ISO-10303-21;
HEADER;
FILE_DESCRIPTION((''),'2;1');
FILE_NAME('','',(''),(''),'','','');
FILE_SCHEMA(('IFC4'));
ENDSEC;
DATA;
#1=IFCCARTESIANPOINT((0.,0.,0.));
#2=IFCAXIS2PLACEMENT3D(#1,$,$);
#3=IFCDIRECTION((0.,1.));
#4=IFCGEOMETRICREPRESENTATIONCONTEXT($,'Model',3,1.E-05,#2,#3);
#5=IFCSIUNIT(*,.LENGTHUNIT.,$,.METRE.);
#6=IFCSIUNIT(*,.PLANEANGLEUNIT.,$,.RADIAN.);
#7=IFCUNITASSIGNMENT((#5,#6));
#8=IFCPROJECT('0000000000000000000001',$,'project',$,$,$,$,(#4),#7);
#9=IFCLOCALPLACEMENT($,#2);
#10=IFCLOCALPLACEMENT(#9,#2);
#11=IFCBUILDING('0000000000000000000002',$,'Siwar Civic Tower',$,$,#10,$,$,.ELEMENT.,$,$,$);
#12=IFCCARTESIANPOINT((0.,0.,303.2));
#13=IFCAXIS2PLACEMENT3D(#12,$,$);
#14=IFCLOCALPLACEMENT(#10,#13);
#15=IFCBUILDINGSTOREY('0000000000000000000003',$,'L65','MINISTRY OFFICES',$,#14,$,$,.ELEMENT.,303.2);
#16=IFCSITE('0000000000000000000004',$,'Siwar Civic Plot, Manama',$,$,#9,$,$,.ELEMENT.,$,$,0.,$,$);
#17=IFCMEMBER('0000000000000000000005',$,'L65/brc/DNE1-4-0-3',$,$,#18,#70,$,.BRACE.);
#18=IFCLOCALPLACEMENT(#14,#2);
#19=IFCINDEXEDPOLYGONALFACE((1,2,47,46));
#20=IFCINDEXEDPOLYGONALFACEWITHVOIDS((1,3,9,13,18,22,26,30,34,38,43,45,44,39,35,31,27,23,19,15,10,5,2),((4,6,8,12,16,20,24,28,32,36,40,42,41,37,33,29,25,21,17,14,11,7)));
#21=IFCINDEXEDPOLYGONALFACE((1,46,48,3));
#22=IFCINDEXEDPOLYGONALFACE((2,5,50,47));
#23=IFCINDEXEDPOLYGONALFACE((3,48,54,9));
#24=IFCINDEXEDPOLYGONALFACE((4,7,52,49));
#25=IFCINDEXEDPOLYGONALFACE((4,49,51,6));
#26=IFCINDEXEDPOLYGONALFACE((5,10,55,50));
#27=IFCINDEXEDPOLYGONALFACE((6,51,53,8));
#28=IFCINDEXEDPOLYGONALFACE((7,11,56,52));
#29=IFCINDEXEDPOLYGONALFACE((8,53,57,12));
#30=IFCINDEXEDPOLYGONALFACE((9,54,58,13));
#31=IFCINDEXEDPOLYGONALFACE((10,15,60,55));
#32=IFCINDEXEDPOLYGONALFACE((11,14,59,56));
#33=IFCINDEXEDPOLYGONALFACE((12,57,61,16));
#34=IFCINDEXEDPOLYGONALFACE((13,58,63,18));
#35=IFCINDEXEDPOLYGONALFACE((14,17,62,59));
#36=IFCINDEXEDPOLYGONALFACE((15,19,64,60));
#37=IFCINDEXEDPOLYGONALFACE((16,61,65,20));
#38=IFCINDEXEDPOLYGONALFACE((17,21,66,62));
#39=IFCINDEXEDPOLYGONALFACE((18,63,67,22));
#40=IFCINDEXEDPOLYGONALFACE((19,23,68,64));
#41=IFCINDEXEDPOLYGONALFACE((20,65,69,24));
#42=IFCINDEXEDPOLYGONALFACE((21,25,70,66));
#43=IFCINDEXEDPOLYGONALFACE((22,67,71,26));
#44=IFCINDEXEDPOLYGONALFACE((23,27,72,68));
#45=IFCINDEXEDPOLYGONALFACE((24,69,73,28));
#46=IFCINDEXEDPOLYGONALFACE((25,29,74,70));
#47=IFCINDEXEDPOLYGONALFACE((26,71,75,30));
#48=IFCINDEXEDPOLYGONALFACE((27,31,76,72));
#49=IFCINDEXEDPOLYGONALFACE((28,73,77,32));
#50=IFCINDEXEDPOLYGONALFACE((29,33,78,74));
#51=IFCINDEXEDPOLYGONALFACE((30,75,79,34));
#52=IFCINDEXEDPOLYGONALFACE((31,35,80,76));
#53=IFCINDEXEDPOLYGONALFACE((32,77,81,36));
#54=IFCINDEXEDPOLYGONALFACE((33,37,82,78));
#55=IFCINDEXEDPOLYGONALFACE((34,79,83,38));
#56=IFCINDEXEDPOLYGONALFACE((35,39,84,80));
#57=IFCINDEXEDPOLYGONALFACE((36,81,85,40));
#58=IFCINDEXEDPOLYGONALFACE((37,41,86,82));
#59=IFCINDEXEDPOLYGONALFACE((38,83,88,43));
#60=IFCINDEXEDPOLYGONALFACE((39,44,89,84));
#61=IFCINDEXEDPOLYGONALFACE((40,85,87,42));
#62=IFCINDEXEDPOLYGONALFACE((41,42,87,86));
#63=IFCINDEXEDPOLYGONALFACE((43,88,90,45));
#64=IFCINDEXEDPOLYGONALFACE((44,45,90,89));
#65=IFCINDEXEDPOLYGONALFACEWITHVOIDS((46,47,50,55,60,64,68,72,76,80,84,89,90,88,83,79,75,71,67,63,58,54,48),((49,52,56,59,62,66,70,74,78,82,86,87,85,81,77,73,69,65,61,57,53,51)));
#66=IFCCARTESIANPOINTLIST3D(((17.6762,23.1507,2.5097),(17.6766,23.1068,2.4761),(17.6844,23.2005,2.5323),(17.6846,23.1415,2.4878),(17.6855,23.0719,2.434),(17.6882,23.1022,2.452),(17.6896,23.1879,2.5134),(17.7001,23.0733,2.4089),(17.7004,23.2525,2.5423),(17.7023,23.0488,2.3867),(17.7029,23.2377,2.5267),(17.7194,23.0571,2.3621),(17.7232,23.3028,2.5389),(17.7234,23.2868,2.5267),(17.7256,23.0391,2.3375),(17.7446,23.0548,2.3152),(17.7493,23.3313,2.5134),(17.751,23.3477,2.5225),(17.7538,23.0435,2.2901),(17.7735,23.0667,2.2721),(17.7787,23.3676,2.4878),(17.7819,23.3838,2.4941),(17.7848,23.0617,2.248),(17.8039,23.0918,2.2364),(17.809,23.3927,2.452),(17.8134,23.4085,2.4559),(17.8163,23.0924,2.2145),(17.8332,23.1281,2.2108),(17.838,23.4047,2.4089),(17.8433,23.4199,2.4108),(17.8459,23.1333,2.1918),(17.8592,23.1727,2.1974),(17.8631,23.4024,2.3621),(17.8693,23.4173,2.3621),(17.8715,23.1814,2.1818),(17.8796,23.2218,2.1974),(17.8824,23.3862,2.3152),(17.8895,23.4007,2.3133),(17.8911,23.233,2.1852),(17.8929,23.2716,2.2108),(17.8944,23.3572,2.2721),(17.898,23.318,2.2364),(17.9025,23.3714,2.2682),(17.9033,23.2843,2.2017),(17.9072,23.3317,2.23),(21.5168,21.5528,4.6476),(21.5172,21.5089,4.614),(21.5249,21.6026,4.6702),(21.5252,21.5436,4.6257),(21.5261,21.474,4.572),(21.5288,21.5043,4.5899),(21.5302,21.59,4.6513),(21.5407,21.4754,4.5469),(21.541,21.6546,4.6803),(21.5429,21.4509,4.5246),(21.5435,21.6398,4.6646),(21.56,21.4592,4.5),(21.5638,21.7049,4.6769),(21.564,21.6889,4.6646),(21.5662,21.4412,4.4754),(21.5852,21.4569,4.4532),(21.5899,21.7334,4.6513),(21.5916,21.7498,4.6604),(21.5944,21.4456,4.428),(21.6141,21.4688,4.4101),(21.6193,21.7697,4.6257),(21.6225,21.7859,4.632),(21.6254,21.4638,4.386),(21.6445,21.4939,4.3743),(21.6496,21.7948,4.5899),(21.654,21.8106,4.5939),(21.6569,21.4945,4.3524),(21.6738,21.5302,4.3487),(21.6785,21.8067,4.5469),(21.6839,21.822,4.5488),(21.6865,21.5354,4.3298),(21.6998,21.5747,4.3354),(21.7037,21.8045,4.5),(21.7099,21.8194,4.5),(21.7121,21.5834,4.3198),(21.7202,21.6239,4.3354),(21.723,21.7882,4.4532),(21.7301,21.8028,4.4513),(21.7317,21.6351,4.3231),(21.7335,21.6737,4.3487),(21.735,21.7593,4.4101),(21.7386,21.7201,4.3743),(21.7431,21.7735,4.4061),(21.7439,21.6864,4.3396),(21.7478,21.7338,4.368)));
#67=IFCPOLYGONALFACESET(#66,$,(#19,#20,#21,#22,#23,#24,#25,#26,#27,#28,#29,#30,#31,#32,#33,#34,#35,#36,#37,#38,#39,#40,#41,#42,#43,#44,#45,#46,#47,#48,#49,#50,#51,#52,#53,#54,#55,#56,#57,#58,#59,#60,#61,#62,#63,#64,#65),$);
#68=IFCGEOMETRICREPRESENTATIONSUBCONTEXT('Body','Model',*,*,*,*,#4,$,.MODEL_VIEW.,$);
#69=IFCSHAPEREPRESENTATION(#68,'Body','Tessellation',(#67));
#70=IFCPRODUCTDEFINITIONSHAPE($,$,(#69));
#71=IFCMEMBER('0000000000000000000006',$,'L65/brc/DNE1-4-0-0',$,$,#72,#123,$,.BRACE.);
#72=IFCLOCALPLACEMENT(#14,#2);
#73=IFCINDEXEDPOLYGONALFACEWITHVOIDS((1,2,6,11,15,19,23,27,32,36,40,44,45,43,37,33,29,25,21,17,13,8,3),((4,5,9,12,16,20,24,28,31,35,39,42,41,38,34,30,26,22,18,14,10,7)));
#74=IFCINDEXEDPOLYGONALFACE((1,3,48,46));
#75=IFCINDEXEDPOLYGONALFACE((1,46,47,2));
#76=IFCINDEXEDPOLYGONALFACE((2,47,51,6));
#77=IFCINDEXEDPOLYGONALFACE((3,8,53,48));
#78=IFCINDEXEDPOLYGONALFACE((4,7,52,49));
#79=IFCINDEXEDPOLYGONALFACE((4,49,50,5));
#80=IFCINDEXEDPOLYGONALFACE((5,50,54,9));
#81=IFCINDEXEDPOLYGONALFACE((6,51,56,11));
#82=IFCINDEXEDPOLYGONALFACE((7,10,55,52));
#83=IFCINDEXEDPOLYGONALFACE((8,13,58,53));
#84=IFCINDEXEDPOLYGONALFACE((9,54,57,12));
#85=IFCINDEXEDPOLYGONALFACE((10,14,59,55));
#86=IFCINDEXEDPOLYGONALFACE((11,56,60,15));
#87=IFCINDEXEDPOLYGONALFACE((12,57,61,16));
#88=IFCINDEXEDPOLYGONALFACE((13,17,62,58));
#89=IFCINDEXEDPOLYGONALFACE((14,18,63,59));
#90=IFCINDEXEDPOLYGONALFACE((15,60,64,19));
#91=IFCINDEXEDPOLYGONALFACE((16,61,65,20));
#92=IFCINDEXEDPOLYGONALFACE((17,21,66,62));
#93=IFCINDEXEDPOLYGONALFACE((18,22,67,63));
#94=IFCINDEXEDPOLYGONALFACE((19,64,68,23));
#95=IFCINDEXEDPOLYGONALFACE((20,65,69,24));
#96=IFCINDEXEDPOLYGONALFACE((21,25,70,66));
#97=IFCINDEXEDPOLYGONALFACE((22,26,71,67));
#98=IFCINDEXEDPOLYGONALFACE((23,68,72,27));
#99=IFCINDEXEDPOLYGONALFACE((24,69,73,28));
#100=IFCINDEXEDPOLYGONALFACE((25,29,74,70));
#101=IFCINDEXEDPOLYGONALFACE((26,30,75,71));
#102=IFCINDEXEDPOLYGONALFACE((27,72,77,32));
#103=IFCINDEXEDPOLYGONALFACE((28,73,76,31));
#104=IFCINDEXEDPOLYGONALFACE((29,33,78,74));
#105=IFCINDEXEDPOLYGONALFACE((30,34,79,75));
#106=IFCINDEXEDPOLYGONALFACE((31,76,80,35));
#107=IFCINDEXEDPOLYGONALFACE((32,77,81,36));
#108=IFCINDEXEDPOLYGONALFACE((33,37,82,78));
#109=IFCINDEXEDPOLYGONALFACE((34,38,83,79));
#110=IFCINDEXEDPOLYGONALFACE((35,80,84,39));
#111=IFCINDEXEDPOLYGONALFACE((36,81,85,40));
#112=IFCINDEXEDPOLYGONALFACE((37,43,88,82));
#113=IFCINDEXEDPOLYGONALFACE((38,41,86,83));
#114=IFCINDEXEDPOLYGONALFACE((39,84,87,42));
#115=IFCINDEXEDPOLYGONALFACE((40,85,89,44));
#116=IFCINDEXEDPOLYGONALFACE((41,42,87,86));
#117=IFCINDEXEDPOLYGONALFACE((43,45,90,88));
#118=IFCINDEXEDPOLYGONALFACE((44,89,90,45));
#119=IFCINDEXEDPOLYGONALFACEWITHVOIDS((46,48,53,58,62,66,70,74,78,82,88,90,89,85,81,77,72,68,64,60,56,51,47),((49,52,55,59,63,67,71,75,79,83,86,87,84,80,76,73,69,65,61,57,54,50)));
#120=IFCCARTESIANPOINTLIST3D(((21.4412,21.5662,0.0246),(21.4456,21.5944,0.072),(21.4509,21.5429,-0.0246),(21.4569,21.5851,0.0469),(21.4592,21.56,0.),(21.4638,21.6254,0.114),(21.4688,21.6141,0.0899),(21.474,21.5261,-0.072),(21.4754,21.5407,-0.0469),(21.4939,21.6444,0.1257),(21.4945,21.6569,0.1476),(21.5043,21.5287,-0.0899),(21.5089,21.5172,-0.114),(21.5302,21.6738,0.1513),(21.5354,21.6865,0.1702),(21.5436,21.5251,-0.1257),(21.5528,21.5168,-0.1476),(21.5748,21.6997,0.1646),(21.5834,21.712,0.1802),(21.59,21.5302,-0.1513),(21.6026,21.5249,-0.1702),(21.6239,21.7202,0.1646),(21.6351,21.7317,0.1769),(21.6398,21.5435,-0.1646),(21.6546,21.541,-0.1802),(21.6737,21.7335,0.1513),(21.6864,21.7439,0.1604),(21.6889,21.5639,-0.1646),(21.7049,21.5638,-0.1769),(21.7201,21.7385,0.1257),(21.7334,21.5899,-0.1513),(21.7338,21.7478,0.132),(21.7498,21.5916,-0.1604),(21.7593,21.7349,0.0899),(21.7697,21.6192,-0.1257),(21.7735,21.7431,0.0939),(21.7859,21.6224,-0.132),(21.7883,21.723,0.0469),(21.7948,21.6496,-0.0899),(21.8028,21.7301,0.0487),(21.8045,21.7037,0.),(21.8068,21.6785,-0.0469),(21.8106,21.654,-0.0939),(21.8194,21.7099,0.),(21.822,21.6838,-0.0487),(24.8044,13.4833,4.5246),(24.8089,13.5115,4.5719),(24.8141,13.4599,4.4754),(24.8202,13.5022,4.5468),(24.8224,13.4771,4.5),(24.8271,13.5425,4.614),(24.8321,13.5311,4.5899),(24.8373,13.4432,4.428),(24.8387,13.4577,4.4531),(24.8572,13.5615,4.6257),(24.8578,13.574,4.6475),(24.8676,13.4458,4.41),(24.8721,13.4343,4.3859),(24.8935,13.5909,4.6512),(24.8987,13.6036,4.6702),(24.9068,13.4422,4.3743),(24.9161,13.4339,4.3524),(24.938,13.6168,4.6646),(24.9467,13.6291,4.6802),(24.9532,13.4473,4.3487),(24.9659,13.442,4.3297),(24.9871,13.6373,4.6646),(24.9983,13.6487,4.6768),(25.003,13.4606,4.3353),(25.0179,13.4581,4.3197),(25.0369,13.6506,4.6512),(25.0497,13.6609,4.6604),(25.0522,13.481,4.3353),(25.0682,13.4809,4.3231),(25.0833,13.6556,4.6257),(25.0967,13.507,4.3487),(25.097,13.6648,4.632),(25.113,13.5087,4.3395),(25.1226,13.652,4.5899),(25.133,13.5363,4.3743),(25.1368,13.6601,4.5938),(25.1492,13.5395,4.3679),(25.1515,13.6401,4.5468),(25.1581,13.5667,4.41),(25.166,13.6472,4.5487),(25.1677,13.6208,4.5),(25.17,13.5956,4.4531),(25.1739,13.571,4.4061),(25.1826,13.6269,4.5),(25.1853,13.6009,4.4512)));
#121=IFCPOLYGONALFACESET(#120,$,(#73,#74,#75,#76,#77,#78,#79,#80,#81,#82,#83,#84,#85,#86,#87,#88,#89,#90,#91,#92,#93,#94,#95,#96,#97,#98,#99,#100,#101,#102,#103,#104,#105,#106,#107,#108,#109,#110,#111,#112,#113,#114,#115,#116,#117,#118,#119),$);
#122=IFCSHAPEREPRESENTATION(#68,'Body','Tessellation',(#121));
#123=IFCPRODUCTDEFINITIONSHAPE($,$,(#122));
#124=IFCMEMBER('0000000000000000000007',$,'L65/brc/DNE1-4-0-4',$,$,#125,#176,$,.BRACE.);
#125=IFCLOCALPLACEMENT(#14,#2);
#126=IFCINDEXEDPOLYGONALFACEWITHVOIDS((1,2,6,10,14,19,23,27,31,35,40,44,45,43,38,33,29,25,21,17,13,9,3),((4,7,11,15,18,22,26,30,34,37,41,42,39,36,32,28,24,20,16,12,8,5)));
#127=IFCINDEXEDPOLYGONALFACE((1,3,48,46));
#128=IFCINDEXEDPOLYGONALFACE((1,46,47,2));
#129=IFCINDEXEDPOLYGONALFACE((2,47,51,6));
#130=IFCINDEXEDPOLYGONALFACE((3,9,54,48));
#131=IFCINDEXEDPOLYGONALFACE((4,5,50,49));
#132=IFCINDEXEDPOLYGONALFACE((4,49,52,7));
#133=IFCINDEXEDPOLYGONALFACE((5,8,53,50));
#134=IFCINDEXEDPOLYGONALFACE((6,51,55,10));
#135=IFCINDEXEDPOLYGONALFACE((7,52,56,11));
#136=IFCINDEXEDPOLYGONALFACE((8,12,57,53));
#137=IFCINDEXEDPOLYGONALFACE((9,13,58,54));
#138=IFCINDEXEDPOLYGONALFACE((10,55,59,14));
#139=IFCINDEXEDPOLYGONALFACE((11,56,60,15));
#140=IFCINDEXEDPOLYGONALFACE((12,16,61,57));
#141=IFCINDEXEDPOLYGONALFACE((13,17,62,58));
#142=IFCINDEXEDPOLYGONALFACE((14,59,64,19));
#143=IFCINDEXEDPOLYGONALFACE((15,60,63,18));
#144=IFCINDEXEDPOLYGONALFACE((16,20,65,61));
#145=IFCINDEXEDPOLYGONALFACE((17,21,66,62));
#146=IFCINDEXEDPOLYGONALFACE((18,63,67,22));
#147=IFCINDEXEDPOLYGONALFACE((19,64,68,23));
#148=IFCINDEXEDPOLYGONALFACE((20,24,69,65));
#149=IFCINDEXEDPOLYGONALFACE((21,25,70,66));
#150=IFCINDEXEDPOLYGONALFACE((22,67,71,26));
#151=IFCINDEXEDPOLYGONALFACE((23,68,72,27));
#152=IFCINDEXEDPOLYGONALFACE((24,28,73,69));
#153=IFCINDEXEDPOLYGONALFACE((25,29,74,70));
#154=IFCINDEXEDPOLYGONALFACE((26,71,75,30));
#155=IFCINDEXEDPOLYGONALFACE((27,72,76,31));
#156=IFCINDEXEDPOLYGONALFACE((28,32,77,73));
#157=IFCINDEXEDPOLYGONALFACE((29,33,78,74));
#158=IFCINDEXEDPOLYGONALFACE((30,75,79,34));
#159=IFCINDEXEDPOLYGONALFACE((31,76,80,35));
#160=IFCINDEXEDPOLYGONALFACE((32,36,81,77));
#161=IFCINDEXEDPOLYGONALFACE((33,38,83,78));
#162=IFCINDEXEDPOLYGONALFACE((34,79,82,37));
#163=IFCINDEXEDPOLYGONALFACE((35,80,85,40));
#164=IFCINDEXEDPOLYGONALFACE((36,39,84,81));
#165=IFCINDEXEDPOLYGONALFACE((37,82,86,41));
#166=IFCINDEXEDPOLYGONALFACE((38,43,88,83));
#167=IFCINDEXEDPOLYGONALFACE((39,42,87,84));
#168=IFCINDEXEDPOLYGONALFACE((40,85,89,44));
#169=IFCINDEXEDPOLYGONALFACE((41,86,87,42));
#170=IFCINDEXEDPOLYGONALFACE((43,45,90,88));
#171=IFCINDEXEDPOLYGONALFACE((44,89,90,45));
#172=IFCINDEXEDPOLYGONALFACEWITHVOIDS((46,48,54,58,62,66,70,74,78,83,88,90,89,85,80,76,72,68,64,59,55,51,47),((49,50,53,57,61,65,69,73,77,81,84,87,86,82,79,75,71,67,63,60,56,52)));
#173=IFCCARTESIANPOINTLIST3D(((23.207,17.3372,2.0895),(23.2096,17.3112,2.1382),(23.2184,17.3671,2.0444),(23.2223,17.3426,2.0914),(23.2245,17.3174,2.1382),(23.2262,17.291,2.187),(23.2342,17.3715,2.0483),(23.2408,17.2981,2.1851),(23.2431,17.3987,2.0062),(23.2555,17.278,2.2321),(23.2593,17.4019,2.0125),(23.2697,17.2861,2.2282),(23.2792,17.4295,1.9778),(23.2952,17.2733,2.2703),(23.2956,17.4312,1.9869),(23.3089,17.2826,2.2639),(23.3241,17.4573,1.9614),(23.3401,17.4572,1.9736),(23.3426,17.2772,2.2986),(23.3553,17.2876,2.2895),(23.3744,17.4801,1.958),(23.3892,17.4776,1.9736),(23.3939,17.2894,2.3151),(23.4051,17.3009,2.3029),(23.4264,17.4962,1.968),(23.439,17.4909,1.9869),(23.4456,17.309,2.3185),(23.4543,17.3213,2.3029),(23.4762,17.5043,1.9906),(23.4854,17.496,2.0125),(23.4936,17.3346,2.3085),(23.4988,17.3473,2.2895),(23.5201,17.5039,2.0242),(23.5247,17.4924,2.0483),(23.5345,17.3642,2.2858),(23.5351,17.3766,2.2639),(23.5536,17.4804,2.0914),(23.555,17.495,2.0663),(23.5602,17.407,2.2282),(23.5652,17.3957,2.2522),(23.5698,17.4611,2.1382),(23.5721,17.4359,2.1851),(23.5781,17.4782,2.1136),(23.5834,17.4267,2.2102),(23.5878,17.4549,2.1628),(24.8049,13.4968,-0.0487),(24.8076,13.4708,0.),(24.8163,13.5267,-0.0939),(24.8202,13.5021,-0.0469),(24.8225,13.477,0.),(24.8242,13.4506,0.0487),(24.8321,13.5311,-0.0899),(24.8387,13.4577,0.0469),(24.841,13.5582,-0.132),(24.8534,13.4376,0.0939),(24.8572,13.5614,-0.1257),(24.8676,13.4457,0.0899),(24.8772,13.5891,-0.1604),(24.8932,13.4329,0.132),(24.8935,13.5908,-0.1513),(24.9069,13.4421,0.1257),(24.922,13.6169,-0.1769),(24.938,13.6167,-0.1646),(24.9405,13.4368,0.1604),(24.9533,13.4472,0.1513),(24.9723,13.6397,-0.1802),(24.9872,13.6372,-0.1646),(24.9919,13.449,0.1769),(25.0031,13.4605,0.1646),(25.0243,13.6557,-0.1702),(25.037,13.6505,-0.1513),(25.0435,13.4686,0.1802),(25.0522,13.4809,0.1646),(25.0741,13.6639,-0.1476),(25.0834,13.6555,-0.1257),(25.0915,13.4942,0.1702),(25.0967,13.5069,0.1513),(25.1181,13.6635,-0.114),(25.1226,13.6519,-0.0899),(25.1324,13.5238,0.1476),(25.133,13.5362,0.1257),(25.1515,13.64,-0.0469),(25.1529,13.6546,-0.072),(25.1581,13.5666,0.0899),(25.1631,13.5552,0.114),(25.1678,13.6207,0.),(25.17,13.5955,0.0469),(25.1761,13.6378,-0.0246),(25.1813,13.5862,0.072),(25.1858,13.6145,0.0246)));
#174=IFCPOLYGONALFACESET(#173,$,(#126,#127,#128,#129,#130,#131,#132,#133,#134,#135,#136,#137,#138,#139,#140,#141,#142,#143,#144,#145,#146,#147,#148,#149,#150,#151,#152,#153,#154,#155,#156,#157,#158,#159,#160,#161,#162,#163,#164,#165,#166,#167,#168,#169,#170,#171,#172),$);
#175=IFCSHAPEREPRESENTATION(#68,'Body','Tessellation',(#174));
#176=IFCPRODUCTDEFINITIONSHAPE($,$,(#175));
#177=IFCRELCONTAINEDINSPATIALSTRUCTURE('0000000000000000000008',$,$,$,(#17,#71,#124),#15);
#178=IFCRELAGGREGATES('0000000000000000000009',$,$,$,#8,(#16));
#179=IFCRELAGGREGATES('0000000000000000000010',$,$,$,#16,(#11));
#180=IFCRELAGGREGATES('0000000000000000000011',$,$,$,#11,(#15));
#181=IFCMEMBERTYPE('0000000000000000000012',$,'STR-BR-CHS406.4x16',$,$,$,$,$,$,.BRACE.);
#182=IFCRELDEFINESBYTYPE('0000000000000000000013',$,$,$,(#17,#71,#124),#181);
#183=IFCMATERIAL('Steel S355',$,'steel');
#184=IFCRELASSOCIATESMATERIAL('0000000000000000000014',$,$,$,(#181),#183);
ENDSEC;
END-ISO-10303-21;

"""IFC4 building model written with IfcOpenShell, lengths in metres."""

from ifc_helpers import new_model, si_unit, direction, frame, origin, origin_2d, place, context, subcontext, project, spatial, hollow_circle, extrude, material, material_profile, profile_set, type_object, element, save


model = new_model("IFC4")

# Units and contexts
model_context = context("Model", 3, precision=1e-05, world=origin(), true_north=direction((0.0, 1.0)))
body_context = subcontext(model_context, "Body", "Model", "MODEL_VIEW")
ifc_project = project(units=[si_unit("LENGTHUNIT", "METRE"), si_unit("PLANEANGLEUNIT", "RADIAN")], contexts=[model_context])

# Site, building, storey
site_placement = place(None, origin())
site = spatial("IfcSite", under=ifc_project, at=site_placement, Name="Siwar Civic Plot, Manama", CompositionType="ELEMENT", RefElevation=0.0)
building_placement = place(site_placement, origin())
building = spatial("IfcBuilding", under=site, at=building_placement, Name="Siwar Civic Tower", CompositionType="ELEMENT")
storey_placement = place(building_placement, frame((0.0, 0.0, 303.2)))
storey = spatial("IfcBuildingStorey", under=building, at=storey_placement, Name="L65", Description="MINISTRY OFFICES", CompositionType="ELEMENT", Elevation=303.2)

# Members
ifc_material_1 = material(Name="Steel S355", Category="steel")
ifc_material_profile_1 = material_profile(ifc_material_1, hollow_circle(Radius=0.2031, WallThickness=0.0161, at=origin_2d()), Name="CHS406.4x16")
ifc_profile_set_1 = profile_set([ifc_material_profile_1], Name="Steel S355")
member_type_1 = type_object("IfcMemberType", Name="STR-BR-CHS406.4x16", PredefinedType="BRACE", material=ifc_profile_set_1)
member_1_placement = place(storey_placement, frame((17.7913, 23.2297, 2.3621), z_axis=(0.821167, -0.341653, 0.45712), x_axis=(0.384136, 0.923276, 0.0)))
element("IfcMember", 1, at=member_1_placement, inside=storey, type_object=member_type_1, Name="L65/brc/DNE1-4-0-3", PredefinedType="BRACE", context=body_context, shape_type="SweptSolid", body=[
    extrude(hollow_circle(Radius=0.2031, WallThickness=0.0161, at=origin_2d()), origin(), (0.0, 0.0, 1.0), 4.677),
])
member_2_placement = place(storey_placement, frame((21.6318, 21.6318, 0.0), z_axis=(0.341671, -0.821143, 0.457149), x_axis=(0.923265, 0.384164, 0.0)))
element("IfcMember", 2, at=member_2_placement, inside=storey, type_object=member_type_1, Name="L65/brc/DNE1-4-0-0", PredefinedType="BRACE", context=body_context, shape_type="SweptSolid", body=[
    extrude(hollow_circle(Radius=0.2031, WallThickness=0.0161, at=origin_2d()), origin(), (0.0, 0.0, 1.0), 9.8435),
])
for number, where, z_axis, x_axis, name in (
    (3, (24.9951, 13.5488, 0.0), (-0.341659, 0.82113, 0.457181), (-0.923268, -0.384157, 0.0), "L65/brc/DNE1-4-0-4"),
):
    element("IfcMember", number, at=place(storey_placement, frame(where, z_axis=z_axis, x_axis=x_axis)), inside=storey, type_object=member_type_1, Name=name, PredefinedType="BRACE", context=body_context, shape_type="SweptSolid", body=[
        extrude(hollow_circle(Radius=0.2031, WallThickness=0.0161, at=origin_2d()), origin(), (0.0, 0.0, 1.0), 4.677),
    ])

save(model, "model.ifc")
